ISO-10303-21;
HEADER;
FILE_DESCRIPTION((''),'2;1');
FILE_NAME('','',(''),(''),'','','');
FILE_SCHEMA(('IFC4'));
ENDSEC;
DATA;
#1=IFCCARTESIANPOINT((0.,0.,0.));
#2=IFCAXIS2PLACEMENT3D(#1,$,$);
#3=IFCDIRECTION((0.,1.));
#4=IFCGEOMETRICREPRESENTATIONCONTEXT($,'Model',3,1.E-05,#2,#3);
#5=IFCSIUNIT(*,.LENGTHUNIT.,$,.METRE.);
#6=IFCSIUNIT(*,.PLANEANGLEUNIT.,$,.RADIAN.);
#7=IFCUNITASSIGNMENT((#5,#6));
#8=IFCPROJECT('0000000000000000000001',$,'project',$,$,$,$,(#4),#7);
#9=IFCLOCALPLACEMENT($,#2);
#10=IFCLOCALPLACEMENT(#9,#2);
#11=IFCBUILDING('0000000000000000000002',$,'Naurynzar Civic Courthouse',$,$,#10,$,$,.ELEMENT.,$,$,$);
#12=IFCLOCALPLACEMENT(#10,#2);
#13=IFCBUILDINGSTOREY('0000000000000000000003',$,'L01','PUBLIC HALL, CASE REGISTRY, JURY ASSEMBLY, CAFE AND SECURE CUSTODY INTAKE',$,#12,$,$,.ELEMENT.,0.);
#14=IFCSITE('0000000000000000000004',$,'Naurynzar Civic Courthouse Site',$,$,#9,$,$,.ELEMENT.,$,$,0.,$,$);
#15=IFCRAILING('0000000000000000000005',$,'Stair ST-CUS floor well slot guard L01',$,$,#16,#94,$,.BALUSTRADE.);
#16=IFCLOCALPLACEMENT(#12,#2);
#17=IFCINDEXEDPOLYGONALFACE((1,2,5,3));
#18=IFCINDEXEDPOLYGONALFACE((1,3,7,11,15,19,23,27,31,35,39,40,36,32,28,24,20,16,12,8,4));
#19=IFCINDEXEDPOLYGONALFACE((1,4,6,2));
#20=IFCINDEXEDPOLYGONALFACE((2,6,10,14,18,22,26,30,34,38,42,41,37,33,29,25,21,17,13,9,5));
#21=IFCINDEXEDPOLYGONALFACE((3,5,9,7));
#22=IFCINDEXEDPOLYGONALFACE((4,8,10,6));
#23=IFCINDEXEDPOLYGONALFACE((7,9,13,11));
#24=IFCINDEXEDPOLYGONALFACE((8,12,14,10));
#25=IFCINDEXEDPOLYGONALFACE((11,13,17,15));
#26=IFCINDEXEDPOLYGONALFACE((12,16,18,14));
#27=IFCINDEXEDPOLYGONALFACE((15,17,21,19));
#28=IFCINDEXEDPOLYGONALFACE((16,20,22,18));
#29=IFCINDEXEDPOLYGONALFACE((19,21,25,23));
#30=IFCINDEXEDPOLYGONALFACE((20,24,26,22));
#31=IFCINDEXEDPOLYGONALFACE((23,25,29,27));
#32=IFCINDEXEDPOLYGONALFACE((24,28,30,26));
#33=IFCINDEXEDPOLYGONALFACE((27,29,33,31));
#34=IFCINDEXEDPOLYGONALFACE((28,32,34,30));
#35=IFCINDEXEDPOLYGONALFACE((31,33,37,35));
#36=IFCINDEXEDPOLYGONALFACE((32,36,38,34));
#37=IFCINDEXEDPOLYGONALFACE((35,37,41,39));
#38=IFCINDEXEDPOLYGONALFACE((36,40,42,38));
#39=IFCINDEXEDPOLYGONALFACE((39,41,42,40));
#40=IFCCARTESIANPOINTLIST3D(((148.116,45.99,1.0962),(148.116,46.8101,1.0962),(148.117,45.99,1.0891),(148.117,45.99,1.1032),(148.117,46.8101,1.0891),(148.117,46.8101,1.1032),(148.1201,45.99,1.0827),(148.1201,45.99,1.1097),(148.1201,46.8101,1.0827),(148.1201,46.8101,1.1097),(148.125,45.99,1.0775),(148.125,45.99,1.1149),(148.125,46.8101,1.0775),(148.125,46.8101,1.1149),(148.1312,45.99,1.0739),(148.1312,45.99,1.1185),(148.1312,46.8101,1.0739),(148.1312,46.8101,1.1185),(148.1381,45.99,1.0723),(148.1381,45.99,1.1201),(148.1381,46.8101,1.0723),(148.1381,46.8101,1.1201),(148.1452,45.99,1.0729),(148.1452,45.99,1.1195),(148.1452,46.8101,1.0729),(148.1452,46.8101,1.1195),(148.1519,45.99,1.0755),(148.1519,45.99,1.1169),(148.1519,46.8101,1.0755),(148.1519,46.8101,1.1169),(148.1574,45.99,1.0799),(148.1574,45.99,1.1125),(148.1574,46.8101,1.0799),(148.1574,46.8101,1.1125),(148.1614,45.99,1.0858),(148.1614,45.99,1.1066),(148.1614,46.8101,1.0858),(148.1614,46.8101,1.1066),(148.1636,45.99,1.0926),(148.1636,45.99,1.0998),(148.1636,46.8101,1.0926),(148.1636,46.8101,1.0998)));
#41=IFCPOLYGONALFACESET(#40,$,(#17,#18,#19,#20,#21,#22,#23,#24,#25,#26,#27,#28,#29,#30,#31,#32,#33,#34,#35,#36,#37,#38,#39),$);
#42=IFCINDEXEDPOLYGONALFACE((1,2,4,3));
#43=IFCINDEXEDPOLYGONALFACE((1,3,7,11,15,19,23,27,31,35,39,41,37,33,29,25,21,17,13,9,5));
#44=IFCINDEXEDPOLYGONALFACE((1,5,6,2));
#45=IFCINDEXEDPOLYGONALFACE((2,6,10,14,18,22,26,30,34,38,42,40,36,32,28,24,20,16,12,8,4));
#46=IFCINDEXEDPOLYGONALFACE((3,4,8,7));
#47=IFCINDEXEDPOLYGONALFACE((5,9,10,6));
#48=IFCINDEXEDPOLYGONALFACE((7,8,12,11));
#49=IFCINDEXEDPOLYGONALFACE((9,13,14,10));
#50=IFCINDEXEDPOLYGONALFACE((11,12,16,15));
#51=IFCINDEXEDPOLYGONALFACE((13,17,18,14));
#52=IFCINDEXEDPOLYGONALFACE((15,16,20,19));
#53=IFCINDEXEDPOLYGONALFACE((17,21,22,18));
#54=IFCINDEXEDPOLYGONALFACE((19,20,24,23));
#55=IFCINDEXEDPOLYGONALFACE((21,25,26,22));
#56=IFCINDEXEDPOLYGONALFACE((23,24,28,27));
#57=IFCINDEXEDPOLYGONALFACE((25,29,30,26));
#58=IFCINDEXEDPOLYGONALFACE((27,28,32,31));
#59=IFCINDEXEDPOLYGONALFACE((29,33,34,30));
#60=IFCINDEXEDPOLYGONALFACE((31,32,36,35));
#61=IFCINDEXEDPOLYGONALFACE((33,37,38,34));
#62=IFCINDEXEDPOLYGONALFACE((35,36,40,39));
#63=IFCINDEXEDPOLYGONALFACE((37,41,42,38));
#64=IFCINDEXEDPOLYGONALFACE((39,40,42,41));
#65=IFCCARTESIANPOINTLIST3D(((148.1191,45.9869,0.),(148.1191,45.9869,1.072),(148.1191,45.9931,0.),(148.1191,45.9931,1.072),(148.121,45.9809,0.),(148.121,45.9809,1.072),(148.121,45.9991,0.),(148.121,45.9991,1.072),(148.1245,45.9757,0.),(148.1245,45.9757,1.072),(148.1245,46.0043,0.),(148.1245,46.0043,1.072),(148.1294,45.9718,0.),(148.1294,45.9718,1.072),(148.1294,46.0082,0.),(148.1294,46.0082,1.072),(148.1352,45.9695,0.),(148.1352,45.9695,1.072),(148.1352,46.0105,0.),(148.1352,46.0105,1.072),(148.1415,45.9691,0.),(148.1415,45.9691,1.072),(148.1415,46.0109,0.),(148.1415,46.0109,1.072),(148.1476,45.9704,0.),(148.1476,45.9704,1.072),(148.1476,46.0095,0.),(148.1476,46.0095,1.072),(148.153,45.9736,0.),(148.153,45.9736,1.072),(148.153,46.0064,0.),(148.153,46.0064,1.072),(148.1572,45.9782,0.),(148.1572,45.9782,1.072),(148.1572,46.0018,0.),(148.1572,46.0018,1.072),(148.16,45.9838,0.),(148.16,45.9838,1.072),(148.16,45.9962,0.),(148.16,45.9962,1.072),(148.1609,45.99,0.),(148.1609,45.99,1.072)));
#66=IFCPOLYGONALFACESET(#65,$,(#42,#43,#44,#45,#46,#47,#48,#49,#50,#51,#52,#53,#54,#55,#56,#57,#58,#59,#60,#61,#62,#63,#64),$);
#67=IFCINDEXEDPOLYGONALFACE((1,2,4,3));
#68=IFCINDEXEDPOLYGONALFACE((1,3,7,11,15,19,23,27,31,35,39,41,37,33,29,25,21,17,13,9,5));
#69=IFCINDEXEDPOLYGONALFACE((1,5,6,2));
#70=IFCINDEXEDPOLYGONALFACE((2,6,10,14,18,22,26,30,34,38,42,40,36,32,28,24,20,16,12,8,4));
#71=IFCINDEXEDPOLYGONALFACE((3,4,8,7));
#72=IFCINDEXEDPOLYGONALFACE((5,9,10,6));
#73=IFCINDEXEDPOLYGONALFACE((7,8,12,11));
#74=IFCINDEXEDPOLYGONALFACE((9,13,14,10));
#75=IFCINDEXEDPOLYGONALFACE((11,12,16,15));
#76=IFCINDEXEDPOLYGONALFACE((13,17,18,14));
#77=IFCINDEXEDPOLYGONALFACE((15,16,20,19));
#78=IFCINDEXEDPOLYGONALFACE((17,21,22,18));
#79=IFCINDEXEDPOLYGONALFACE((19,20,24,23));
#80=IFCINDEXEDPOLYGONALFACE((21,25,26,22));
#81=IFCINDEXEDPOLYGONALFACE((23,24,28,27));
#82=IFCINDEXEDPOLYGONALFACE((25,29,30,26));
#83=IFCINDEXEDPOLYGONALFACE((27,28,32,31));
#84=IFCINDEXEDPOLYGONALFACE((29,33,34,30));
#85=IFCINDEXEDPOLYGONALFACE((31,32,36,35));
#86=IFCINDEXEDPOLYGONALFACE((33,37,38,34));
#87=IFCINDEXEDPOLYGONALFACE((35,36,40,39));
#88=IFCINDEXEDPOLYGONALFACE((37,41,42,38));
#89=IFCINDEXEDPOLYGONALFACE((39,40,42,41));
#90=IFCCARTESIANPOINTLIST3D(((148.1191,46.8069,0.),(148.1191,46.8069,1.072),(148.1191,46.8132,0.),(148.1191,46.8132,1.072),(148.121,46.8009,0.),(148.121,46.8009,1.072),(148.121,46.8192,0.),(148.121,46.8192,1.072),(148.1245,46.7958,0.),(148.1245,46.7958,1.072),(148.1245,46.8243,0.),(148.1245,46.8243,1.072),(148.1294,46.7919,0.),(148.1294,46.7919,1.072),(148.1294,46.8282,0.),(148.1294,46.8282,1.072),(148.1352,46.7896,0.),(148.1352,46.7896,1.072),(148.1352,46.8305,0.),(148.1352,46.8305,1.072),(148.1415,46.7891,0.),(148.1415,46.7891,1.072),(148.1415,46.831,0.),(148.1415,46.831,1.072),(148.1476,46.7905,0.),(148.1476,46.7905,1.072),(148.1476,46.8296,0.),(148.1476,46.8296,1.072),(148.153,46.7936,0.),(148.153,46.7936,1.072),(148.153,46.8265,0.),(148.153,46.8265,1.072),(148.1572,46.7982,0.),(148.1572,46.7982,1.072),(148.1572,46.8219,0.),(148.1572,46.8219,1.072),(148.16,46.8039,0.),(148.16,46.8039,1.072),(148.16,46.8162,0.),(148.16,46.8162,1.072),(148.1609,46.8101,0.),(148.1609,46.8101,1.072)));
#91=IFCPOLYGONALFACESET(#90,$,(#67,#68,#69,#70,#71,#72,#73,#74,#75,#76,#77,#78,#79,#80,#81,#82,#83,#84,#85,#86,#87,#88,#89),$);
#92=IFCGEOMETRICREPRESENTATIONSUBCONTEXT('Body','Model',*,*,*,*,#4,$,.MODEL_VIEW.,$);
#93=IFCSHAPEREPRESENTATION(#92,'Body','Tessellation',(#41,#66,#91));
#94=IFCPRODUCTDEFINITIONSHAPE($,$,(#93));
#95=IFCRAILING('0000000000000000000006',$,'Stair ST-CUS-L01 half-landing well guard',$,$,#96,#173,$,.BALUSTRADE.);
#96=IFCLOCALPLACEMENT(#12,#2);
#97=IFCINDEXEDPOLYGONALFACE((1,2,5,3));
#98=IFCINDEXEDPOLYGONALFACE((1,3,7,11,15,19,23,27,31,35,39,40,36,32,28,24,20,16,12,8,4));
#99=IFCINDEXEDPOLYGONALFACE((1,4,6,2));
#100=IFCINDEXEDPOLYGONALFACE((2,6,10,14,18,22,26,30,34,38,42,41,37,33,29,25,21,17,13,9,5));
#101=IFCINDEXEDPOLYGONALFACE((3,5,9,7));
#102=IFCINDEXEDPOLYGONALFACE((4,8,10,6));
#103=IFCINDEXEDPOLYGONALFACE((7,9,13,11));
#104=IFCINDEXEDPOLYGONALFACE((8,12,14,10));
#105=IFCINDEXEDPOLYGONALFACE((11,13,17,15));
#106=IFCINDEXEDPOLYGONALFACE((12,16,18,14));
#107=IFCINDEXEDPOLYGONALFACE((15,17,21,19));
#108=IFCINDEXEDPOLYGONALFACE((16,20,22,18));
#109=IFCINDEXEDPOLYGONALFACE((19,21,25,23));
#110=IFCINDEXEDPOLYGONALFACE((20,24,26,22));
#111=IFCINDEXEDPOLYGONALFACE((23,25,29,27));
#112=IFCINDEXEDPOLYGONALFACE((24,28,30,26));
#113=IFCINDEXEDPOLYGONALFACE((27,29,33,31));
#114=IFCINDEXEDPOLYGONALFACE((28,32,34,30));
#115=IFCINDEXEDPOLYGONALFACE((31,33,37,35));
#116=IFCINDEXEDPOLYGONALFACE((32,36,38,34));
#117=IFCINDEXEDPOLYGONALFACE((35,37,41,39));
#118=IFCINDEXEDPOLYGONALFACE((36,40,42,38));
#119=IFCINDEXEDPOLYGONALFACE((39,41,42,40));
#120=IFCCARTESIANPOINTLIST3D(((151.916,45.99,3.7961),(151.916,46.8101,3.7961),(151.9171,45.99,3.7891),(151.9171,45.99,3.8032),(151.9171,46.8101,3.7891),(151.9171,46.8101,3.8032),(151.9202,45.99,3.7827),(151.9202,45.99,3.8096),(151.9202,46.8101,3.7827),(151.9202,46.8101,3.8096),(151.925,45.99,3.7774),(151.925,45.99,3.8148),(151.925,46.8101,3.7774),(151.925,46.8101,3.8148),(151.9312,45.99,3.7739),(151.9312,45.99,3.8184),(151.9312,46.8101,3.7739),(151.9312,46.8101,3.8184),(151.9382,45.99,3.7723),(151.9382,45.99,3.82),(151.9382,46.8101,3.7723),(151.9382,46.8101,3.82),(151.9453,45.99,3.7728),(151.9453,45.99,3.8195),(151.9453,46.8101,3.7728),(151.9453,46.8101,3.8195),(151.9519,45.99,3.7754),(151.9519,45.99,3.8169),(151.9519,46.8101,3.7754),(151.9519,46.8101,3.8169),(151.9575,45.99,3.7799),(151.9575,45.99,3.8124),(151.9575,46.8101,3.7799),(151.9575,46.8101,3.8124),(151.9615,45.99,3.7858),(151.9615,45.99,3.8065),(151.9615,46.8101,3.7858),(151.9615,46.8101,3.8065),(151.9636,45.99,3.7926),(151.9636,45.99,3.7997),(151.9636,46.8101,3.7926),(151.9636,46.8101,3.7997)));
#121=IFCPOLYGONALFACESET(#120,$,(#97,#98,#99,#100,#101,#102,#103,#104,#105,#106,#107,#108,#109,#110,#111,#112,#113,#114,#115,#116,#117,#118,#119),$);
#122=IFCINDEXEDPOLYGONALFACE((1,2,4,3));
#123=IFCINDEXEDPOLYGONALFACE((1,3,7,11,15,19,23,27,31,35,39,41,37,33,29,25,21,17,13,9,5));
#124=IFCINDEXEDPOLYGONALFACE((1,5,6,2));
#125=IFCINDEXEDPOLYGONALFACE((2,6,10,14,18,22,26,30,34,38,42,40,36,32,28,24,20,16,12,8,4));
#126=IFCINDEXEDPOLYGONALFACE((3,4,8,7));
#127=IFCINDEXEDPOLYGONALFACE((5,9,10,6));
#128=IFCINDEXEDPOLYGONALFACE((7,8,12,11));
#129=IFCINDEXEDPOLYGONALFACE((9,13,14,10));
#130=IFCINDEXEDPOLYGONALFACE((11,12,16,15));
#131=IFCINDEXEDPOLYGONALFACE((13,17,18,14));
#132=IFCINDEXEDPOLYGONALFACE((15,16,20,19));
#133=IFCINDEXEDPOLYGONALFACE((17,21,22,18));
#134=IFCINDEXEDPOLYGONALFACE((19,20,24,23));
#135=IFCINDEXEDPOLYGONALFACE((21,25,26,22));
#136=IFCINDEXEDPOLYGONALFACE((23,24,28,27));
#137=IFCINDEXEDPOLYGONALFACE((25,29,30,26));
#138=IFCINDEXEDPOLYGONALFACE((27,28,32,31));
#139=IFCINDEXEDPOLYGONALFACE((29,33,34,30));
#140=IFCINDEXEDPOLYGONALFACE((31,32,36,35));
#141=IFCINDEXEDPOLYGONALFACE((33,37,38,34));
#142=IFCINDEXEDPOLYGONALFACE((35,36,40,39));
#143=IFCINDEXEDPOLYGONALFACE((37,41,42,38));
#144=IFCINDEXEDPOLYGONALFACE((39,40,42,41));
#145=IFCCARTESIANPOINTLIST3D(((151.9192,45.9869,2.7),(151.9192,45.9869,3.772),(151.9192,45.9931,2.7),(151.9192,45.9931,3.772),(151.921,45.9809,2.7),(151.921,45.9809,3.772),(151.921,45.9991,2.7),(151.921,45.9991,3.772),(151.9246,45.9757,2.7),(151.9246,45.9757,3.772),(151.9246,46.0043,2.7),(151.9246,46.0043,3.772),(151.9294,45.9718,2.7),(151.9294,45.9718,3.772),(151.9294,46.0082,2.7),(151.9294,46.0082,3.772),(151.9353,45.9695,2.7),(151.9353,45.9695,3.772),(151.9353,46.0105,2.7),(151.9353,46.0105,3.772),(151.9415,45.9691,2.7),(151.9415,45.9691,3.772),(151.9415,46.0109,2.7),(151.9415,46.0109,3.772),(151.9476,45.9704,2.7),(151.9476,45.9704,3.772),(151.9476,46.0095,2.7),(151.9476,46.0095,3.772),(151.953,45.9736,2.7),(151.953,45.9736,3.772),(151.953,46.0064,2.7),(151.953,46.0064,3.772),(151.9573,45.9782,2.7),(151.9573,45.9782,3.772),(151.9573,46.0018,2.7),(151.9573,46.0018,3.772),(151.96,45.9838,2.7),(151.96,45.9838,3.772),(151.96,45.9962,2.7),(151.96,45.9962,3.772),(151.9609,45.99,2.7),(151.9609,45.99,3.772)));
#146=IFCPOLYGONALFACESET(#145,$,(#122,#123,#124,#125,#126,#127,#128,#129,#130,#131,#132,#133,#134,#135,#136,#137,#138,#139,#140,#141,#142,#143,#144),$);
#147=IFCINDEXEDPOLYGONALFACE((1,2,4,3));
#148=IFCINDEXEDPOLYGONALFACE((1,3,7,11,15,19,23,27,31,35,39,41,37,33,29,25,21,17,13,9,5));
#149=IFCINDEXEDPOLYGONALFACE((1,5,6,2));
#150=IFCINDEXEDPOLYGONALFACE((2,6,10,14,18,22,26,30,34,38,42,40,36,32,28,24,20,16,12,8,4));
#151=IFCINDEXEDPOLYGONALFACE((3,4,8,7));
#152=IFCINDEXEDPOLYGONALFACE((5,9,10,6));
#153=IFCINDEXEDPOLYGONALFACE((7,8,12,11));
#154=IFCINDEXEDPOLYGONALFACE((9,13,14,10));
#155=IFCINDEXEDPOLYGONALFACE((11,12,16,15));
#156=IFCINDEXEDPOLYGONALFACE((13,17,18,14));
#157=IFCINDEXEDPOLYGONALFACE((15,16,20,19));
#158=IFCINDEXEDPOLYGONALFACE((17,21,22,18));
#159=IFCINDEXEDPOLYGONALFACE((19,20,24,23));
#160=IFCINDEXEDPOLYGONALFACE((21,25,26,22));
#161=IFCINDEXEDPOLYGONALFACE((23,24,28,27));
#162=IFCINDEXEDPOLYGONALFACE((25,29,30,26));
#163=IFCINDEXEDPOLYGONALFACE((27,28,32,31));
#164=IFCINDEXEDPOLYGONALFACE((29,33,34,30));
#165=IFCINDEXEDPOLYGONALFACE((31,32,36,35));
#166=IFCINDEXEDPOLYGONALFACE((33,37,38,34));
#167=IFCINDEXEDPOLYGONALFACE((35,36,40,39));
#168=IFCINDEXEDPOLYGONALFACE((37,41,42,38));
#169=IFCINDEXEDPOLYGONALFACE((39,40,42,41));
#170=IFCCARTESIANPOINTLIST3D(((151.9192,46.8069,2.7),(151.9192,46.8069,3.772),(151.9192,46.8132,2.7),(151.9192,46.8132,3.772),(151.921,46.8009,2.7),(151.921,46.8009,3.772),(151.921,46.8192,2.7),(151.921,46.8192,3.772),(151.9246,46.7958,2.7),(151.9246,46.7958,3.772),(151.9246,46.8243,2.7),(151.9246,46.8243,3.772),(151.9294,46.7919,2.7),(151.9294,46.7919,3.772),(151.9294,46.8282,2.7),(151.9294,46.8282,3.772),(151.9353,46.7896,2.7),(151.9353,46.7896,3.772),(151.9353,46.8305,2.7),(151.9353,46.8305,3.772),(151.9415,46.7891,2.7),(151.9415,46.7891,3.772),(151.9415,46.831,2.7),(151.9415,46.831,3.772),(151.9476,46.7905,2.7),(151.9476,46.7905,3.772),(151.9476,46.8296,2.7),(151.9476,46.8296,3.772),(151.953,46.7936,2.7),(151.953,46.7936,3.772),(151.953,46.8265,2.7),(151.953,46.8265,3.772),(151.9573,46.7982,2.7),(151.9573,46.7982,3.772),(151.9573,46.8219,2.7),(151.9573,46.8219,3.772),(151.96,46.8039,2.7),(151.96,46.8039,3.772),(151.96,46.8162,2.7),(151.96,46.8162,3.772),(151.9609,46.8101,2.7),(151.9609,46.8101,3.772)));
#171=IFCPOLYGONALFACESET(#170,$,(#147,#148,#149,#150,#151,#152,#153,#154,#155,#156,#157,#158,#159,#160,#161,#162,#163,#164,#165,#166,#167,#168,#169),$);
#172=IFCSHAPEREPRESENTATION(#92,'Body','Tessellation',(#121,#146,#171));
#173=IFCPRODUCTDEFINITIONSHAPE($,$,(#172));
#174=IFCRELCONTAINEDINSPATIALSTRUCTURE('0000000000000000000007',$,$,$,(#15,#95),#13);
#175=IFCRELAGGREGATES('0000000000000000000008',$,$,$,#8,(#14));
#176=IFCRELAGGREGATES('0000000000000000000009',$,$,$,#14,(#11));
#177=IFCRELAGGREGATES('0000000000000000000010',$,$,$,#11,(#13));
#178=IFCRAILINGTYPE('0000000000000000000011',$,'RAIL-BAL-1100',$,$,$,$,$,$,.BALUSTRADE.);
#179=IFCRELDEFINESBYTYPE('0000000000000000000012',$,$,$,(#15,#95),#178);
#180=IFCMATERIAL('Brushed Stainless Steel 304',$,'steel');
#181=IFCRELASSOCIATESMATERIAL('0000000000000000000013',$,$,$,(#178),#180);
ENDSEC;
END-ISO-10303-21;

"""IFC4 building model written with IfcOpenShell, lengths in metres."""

from ifc_helpers import new_model, si_unit, direction, frame, origin, origin_2d, place, context, subcontext, project, spatial, circle, extrude, material, type_object, element, save


model = new_model("IFC4")

# Units and contexts
model_context = context("Model", 3, precision=1e-05, world=origin(), true_north=direction((0.0, 1.0)))
body_context = subcontext(model_context, "Body", "Model", "MODEL_VIEW")
ifc_project = project(units=[si_unit("LENGTHUNIT", "METRE"), si_unit("PLANEANGLEUNIT", "RADIAN")], contexts=[model_context])

# Site, building, storey
site_placement = place(None, origin())
site = spatial("IfcSite", under=ifc_project, at=site_placement, Name="Naurynzar Civic Courthouse Site", CompositionType="ELEMENT", RefElevation=0.0)
building_placement = place(site_placement, origin())
building = spatial("IfcBuilding", under=site, at=building_placement, Name="Naurynzar Civic Courthouse", CompositionType="ELEMENT")
storey_placement = place(building_placement, origin())
storey = spatial("IfcBuildingStorey", under=building, at=storey_placement, Name="L01", Description="PUBLIC HALL, CASE REGISTRY, JURY ASSEMBLY, CAFE AND SECURE CUSTODY INTAKE", CompositionType="ELEMENT", Elevation=0.0)

# Railings
ifc_material_1 = material(Name="Brushed Stainless Steel 304", Category="steel")
railing_type_1 = type_object("IfcRailingType", Name="RAIL-BAL-1100", PredefinedType="BALUSTRADE", material=ifc_material_1)
for number, where, name in (
    (1, (148.1399, 45.99, 0.0), "Stair ST-CUS floor well slot guard L01"),
    (2, (151.9399, 45.99, 2.7), "Stair ST-CUS-L01 half-landing well guard"),
):
    element("IfcRailing", number, at=place(storey_placement, frame(where)), inside=storey, type_object=railing_type_1, Name=name, PredefinedType="BALUSTRADE", context=body_context, shape_type="SweptSolid", body=[
        extrude(circle(Radius=0.0239, at=origin_2d()), frame((0.0, 0.0, 1.0962), z_axis=(0.0, 1.0, 0.0), x_axis=(-1.0, 0.0, 0.0)), (0.0, 0.0, 1.0), 0.8201),
        extrude(circle(Radius=0.021, at=origin_2d()), origin(), (0.0, 0.0, 1.0), 1.072),
        extrude(circle(Radius=0.021, at=origin_2d()), frame((0.0, 0.8201, 0.0)), (0.0, 0.0, 1.0), 1.072),
    ])

save(model, "model.ifc")
